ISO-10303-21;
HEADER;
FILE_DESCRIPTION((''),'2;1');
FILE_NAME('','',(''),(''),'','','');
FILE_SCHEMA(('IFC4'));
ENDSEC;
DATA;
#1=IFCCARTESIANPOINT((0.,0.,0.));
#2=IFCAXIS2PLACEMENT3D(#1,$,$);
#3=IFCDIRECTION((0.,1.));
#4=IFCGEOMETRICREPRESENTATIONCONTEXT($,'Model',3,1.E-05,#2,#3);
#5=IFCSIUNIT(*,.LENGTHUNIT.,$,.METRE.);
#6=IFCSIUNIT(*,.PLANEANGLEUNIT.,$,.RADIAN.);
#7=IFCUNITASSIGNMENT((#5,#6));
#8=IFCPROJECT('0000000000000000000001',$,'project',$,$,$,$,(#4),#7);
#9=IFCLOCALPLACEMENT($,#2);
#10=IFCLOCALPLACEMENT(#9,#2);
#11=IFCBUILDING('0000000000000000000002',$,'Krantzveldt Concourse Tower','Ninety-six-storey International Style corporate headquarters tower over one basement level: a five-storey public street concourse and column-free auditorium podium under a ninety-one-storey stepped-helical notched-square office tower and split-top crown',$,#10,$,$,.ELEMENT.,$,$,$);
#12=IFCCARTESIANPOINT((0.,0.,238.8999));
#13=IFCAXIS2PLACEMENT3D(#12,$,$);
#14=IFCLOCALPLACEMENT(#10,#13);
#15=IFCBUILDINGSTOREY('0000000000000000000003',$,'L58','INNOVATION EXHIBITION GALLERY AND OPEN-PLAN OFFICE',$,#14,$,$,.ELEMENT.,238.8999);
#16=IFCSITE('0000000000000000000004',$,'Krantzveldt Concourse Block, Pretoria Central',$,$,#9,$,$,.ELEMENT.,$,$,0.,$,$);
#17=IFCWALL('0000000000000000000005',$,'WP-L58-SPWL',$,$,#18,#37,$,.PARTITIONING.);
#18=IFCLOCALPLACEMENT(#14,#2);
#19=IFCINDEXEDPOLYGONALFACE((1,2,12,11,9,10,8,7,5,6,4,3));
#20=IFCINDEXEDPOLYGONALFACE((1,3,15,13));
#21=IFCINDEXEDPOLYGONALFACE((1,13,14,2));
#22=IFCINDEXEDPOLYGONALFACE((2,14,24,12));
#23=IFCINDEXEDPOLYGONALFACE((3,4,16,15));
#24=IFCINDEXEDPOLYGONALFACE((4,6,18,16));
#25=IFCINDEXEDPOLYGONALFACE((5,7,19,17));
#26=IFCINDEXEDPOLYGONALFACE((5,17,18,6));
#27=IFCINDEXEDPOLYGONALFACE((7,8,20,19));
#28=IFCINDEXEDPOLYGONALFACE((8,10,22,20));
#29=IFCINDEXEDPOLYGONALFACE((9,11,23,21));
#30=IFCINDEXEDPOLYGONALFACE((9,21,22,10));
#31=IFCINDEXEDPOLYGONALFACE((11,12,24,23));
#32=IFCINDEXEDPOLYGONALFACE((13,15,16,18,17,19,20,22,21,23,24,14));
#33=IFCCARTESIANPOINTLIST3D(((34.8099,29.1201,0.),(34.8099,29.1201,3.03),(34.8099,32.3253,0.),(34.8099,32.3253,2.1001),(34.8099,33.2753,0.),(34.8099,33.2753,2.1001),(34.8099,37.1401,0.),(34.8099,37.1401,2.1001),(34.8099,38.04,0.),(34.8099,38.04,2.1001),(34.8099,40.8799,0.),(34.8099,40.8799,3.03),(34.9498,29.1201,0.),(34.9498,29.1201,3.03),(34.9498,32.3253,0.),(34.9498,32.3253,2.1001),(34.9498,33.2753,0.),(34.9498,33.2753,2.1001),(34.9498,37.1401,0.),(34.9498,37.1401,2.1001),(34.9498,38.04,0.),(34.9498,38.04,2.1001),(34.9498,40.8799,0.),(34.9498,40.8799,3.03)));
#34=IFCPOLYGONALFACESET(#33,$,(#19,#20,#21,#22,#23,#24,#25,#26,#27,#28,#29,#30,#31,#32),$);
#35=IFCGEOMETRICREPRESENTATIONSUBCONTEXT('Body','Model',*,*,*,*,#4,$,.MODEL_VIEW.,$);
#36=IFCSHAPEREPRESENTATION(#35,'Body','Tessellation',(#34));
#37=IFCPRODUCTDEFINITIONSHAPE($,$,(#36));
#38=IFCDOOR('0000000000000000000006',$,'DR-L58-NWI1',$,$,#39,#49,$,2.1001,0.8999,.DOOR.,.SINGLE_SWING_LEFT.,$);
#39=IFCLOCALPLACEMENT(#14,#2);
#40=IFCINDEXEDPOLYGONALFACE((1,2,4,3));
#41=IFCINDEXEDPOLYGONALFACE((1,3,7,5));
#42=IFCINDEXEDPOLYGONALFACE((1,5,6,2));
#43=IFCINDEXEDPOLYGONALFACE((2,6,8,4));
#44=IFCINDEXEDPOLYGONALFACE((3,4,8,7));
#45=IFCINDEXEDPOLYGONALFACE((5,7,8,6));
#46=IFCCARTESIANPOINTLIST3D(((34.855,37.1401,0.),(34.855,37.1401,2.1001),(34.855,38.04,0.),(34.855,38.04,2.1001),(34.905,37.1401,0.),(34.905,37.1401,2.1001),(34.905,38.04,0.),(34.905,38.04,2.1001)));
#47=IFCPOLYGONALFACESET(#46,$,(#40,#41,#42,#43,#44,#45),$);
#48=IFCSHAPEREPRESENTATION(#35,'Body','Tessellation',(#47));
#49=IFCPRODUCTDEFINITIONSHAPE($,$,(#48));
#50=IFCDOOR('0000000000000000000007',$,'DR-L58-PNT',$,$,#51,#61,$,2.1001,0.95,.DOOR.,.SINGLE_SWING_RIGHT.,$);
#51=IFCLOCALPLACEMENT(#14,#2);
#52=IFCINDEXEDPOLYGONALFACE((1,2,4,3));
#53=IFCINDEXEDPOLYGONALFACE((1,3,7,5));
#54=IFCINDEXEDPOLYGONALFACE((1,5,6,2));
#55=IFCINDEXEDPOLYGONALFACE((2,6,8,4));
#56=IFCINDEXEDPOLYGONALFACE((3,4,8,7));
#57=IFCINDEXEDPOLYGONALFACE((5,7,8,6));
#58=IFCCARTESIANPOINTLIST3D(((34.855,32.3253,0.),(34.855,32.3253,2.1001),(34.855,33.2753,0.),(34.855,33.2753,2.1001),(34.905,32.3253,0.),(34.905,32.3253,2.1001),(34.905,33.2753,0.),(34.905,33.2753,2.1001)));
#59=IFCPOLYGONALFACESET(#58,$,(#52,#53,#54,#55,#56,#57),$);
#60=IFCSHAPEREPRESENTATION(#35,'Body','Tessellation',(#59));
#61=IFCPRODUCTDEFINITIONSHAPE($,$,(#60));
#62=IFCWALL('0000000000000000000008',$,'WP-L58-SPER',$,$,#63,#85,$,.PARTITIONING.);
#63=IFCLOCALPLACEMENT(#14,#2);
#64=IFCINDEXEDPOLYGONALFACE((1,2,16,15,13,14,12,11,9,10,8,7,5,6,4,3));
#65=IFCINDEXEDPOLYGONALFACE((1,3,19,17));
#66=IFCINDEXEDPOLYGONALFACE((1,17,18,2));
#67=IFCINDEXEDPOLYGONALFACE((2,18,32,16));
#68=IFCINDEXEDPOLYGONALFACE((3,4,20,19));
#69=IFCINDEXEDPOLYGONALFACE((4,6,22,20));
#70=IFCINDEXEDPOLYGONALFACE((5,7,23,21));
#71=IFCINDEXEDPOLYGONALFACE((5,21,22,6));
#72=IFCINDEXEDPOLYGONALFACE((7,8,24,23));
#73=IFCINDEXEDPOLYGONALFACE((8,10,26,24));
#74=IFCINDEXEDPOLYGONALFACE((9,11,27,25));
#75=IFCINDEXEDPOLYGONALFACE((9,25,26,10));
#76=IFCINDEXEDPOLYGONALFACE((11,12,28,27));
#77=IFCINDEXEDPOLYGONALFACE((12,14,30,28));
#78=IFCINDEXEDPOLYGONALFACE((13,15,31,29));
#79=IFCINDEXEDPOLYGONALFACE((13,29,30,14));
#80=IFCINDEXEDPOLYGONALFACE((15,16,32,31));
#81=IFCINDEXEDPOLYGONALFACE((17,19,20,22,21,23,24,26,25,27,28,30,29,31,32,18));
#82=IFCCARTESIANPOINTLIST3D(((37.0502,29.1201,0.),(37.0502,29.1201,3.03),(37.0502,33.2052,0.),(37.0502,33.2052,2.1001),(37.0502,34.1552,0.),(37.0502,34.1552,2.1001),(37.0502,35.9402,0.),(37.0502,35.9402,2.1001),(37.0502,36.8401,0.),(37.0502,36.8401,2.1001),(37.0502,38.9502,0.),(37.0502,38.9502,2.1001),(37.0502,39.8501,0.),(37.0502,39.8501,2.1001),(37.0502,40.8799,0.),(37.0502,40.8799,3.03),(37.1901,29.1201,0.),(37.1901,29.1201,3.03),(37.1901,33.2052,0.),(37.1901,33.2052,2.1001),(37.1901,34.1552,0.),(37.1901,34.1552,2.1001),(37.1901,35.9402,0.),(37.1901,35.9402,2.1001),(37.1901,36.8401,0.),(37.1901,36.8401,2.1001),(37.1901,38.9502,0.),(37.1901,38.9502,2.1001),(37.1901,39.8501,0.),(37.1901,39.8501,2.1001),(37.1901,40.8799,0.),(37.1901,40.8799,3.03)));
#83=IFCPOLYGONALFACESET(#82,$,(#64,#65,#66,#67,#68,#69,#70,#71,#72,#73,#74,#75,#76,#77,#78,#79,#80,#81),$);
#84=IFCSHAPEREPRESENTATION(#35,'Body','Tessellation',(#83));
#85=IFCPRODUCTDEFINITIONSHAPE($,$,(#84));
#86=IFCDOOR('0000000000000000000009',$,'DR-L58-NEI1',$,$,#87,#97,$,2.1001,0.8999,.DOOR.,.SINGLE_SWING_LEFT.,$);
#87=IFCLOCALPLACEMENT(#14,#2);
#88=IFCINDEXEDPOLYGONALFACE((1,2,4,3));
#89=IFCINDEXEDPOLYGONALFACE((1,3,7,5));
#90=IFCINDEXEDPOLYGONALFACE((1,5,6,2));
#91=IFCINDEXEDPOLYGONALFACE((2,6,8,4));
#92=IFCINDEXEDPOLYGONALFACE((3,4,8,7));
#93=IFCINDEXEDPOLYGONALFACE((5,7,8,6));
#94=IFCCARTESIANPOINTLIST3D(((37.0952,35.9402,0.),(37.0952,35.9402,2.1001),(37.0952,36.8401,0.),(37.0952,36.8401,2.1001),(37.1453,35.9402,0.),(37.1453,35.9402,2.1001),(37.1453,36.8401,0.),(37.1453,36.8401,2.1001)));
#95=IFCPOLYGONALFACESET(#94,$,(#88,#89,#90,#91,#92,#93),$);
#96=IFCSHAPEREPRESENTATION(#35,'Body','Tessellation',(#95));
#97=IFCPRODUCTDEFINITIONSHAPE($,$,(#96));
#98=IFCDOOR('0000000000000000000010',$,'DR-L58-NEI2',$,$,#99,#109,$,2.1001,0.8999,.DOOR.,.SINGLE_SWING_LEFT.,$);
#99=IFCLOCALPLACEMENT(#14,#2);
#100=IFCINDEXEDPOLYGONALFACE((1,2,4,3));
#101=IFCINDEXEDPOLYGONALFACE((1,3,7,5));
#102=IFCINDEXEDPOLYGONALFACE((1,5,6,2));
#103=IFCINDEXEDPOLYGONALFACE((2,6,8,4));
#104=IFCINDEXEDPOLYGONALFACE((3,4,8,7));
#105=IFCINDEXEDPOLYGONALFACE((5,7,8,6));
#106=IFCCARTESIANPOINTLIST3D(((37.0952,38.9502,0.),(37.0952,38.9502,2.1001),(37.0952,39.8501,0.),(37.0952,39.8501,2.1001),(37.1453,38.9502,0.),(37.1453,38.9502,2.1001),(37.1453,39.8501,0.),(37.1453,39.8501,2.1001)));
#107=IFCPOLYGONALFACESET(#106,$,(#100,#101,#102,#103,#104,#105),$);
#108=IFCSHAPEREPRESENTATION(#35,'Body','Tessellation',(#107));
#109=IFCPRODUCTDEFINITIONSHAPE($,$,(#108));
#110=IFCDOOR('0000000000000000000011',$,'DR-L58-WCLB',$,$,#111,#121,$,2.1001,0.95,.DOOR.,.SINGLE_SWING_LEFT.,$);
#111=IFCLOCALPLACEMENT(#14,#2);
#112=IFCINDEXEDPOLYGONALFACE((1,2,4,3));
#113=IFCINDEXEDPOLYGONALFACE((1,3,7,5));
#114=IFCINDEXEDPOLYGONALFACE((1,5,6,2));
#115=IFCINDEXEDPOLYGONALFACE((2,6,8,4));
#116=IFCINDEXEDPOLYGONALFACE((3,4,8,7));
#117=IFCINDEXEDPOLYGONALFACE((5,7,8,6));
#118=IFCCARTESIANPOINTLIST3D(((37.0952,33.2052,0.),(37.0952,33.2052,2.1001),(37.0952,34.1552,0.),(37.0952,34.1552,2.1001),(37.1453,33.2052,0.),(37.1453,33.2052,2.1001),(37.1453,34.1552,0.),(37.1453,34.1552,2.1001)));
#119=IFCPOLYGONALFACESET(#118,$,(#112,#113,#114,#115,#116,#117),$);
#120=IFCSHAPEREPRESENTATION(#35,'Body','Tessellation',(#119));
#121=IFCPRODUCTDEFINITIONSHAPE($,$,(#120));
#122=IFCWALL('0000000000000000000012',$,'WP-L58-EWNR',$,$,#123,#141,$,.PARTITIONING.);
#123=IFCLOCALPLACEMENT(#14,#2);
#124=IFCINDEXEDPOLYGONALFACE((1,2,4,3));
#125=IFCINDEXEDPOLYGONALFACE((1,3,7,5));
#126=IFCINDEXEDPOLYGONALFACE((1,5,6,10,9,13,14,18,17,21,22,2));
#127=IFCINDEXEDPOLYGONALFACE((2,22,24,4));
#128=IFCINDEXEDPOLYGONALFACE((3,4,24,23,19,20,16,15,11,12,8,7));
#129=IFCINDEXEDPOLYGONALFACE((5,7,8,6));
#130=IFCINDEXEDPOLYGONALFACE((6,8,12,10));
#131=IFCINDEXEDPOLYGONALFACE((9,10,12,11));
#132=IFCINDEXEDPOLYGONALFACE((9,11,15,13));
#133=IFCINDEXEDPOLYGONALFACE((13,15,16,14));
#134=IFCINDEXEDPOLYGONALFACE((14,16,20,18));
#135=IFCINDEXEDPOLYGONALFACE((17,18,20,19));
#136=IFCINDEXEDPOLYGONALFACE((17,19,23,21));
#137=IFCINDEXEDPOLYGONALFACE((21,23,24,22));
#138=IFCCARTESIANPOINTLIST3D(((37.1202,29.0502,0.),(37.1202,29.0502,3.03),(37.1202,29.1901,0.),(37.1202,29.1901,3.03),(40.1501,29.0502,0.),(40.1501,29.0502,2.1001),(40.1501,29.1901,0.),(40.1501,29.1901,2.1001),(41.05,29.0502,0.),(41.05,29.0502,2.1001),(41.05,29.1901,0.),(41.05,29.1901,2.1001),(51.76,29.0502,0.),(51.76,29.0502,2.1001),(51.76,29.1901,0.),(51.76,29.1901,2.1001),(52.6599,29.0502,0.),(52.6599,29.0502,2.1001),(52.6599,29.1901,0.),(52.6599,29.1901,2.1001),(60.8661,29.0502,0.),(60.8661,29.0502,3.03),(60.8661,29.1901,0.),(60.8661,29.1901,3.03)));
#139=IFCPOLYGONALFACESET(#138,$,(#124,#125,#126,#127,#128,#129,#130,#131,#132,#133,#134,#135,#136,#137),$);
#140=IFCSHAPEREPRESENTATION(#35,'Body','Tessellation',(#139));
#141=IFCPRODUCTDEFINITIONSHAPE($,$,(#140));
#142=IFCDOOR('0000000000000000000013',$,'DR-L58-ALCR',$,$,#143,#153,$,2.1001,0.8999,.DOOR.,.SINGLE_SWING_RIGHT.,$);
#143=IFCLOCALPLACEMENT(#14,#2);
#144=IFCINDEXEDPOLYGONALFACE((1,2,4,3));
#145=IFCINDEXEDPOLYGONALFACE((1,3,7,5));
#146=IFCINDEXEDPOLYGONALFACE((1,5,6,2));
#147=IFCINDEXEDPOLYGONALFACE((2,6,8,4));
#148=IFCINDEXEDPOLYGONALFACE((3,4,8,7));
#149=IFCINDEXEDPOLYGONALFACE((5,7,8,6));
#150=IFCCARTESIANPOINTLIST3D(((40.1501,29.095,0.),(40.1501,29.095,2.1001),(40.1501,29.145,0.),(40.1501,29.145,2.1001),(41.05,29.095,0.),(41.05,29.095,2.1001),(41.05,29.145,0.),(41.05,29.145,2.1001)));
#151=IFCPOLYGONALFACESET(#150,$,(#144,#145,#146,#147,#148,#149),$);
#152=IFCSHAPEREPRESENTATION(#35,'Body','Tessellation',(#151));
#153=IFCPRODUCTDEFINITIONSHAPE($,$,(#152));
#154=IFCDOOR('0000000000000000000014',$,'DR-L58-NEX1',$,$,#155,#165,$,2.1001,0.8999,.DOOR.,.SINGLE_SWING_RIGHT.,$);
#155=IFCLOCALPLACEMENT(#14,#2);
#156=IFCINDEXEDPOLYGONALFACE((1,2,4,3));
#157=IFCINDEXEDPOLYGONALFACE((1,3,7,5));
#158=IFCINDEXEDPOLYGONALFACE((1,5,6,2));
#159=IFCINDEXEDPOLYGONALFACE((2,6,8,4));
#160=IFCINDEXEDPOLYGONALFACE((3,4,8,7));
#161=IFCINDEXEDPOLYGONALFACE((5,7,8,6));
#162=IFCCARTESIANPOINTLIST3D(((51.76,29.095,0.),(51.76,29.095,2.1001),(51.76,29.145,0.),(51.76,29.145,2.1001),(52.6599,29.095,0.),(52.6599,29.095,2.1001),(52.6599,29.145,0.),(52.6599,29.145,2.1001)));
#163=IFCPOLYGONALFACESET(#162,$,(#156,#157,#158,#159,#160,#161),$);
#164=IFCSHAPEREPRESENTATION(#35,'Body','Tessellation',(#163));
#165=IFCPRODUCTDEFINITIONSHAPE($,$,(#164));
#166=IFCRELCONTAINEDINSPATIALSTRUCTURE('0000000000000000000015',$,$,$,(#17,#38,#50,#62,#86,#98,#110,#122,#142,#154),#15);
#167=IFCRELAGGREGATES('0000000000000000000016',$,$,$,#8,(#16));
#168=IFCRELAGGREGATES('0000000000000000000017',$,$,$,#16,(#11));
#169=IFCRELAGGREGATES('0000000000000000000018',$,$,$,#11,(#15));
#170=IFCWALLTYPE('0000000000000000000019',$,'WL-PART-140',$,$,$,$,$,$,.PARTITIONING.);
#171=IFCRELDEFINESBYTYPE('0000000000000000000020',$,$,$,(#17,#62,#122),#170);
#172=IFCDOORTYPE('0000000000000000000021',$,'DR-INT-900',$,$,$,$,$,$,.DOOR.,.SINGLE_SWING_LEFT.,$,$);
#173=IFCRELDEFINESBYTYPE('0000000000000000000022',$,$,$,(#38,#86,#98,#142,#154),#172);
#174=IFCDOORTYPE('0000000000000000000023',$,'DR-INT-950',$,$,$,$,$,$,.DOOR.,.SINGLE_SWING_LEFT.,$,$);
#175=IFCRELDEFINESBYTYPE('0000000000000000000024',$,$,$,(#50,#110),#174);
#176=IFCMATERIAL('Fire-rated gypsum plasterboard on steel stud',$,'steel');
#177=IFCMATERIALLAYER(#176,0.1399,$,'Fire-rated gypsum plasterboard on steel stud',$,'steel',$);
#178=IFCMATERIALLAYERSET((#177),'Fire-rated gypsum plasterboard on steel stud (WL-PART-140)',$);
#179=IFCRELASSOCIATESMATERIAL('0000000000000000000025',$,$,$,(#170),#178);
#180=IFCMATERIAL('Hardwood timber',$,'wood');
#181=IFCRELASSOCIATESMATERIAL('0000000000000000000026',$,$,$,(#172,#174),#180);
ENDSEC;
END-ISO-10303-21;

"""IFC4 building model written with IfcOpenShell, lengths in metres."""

from ifc_helpers import new_model, si_unit, direction, frame, frame_2d, origin, place, context, subcontext, project, spatial, rectangle, extrude, material, layer, layer_set, type_object, element, fill, save


model = new_model("IFC4")

# Units and contexts
model_context = context("Model", 3, precision=1e-05, world=origin(), true_north=direction((0.0, 1.0)))
body_context = subcontext(model_context, "Body", "Model", "MODEL_VIEW")
ifc_project = project(units=[si_unit("LENGTHUNIT", "METRE"), si_unit("PLANEANGLEUNIT", "RADIAN")], contexts=[model_context])

# Site, building, storey
site_placement = place(None, origin())
site = spatial("IfcSite", under=ifc_project, at=site_placement, Name="Krantzveldt Concourse Block, Pretoria Central", CompositionType="ELEMENT", RefElevation=0.0)
building_placement = place(site_placement, origin())
building = spatial("IfcBuilding", under=site, at=building_placement, Name="Krantzveldt Concourse Tower", Description="Ninety-six-storey International Style corporate headquarters tower over one basement level: a five-storey public street concourse and column-free auditorium podium under a ninety-one-storey stepped-helical notched-square office tower and split-top crown", CompositionType="ELEMENT")
storey_placement = place(building_placement, frame((0.0, 0.0, 238.8999)))
storey = spatial("IfcBuildingStorey", under=building, at=storey_placement, Name="L58", Description="INNOVATION EXHIBITION GALLERY AND OPEN-PLAN OFFICE", CompositionType="ELEMENT", Elevation=238.8999)

# Shared definitions
ifc_material_1 = material(Name="Fire-rated gypsum plasterboard on steel stud", Category="steel")

# Walls, openings, doors
ifc_layer_1 = layer(ifc_material_1, 0.1399, Name="Fire-rated gypsum plasterboard on steel stud", Category="steel")
ifc_layer_set_1 = layer_set([ifc_layer_1], Name="Fire-rated gypsum plasterboard on steel stud (WL-PART-140)")
wall_type_1 = type_object("IfcWallType", Name="WL-PART-140", PredefinedType="PARTITIONING", material=ifc_layer_set_1)
wall_1_placement = place(storey_placement, frame((34.8799, 29.1201, 0.0), z_axis=(0.0, 0.0, 1.0), x_axis=(0.0, 1.0, 0.0)))
wall_1 = element("IfcWall", 1, at=wall_1_placement, inside=storey, type_object=wall_type_1, Name="WP-L58-SPWL", PredefinedType="PARTITIONING", context=body_context, shape_type="SweptSolid", body=[
    extrude(rectangle(XDim=11.7598, YDim=0.1399, at=frame_2d((5.8799, 0.0))), origin(), (0.0, 0.0, 1.0), 3.03),
])
opening_1_placement = place(wall_1_placement, frame((3.2051, 0.0, 0.0)))
opening_1 = element("IfcOpeningElement", 2, at=opening_1_placement, cuts=wall_1, PredefinedType="OPENING", context=body_context, shape_type="SweptSolid", body=[
    extrude(rectangle(XDim=0.95, YDim=2.1001, at=frame_2d((0.4751, 1.05))), frame((0.0, 0.0801, 0.0), z_axis=(0.0, -1.0, 0.0), x_axis=(1.0, 0.0, 0.0)), (0.0, 0.0, 1.0), 0.1599),
])
opening_2_placement = place(wall_1_placement, frame((8.02, 0.0, 0.0)))
opening_2 = element("IfcOpeningElement", 3, at=opening_2_placement, cuts=wall_1, PredefinedType="OPENING", context=body_context, shape_type="SweptSolid", body=[
    extrude(rectangle(XDim=0.8999, YDim=2.1001, at=frame_2d((0.45, 1.05))), frame((0.0, 0.0801, 0.0), z_axis=(0.0, -1.0, 0.0), x_axis=(1.0, 0.0, 0.0)), (0.0, 0.0, 1.0), 0.1599),
])
ifc_material_2 = material(Name="Hardwood timber", Category="wood")
door_type_1 = type_object("IfcDoorType", Name="DR-INT-900", OperationType="SINGLE_SWING_LEFT", PredefinedType="DOOR", material=ifc_material_2)
door_1_placement = place(opening_2_placement, origin())
door_1 = element("IfcDoor", 4, at=door_1_placement, inside=storey, type_object=door_type_1, Name="DR-L58-NWI1", OperationType="SINGLE_SWING_LEFT", OverallHeight=2.1001, OverallWidth=0.8999, PredefinedType="DOOR", context=body_context, shape_type="SweptSolid", body=[
    extrude(rectangle(XDim=0.8999, YDim=2.1001, at=frame_2d((0.45, 1.05))), frame((0.0, 0.0249, 0.0), z_axis=(0.0, -1.0, 0.0), x_axis=(1.0, 0.0, 0.0)), (0.0, 0.0, 1.0), 0.05),
])
fill(opening_2, door_1)
door_type_2 = type_object("IfcDoorType", Name="DR-INT-950", OperationType="SINGLE_SWING_LEFT", PredefinedType="DOOR", material=ifc_material_2)
door_2_placement = place(opening_1_placement, origin())
door_2 = element("IfcDoor", 5, at=door_2_placement, inside=storey, type_object=door_type_2, Name="DR-L58-PNT", OperationType="SINGLE_SWING_RIGHT", OverallHeight=2.1001, OverallWidth=0.95, PredefinedType="DOOR", context=body_context, shape_type="SweptSolid", body=[
    extrude(rectangle(XDim=0.95, YDim=2.1001, at=frame_2d((0.4751, 1.05))), frame((0.0, 0.0249, 0.0), z_axis=(0.0, -1.0, 0.0), x_axis=(1.0, 0.0, 0.0)), (0.0, 0.0, 1.0), 0.05),
])
fill(opening_1, door_2)
wall_2_placement = place(storey_placement, frame((37.1201, 29.1201, 0.0), z_axis=(0.0, 0.0, 1.0), x_axis=(0.0, 1.0, 0.0)))
wall_2 = element("IfcWall", 6, at=wall_2_placement, inside=storey, type_object=wall_type_1, Name="WP-L58-SPER", PredefinedType="PARTITIONING", context=body_context, shape_type="SweptSolid", body=[
    extrude(rectangle(XDim=11.7598, YDim=0.1399, at=frame_2d((5.8799, 0.0))), origin(), (0.0, 0.0, 1.0), 3.03),
])
opening_3_placement = place(wall_2_placement, frame((4.085, 0.0, 0.0)))
opening_3 = element("IfcOpeningElement", 7, at=opening_3_placement, cuts=wall_2, PredefinedType="OPENING", context=body_context, shape_type="SweptSolid", body=[
    extrude(rectangle(XDim=0.95, YDim=2.1001, at=frame_2d((0.4751, 1.05))), frame((0.0, 0.0801, 0.0), z_axis=(0.0, -1.0, 0.0), x_axis=(1.0, 0.0, 0.0)), (0.0, 0.0, 1.0), 0.1599),
])
opening_4_placement = place(wall_2_placement, frame((6.8201, 0.0, 0.0)))
opening_4 = element("IfcOpeningElement", 8, at=opening_4_placement, cuts=wall_2, PredefinedType="OPENING", context=body_context, shape_type="SweptSolid", body=[
    extrude(rectangle(XDim=0.8999, YDim=2.1001, at=frame_2d((0.45, 1.05))), frame((0.0, 0.0801, 0.0), z_axis=(0.0, -1.0, 0.0), x_axis=(1.0, 0.0, 0.0)), (0.0, 0.0, 1.0), 0.1599),
])
opening_5_placement = place(wall_2_placement, frame((9.8301, 0.0, 0.0)))
opening_5 = element("IfcOpeningElement", 9, at=opening_5_placement, cuts=wall_2, PredefinedType="OPENING", context=body_context, shape_type="SweptSolid", body=[
    extrude(rectangle(XDim=0.8999, YDim=2.1001, at=frame_2d((0.45, 1.05))), frame((0.0, 0.0801, 0.0), z_axis=(0.0, -1.0, 0.0), x_axis=(1.0, 0.0, 0.0)), (0.0, 0.0, 1.0), 0.1599),
])
door_3_placement = place(opening_4_placement, origin())
door_3 = element("IfcDoor", 10, at=door_3_placement, inside=storey, type_object=door_type_1, Name="DR-L58-NEI1", OperationType="SINGLE_SWING_LEFT", OverallHeight=2.1001, OverallWidth=0.8999, PredefinedType="DOOR", context=body_context, shape_type="SweptSolid", body=[
    extrude(rectangle(XDim=0.8999, YDim=2.1001, at=frame_2d((0.45, 1.05))), frame((0.0, 0.0249, 0.0), z_axis=(0.0, -1.0, 0.0), x_axis=(1.0, 0.0, 0.0)), (0.0, 0.0, 1.0), 0.05),
])
fill(opening_4, door_3)
door_4_placement = place(opening_5_placement, origin())
door_4 = element("IfcDoor", 11, at=door_4_placement, inside=storey, type_object=door_type_1, Name="DR-L58-NEI2", OperationType="SINGLE_SWING_LEFT", OverallHeight=2.1001, OverallWidth=0.8999, PredefinedType="DOOR", context=body_context, shape_type="SweptSolid", body=[
    extrude(rectangle(XDim=0.8999, YDim=2.1001, at=frame_2d((0.45, 1.05))), frame((0.0, 0.0249, 0.0), z_axis=(0.0, -1.0, 0.0), x_axis=(1.0, 0.0, 0.0)), (0.0, 0.0, 1.0), 0.05),
])
fill(opening_5, door_4)
door_5_placement = place(opening_3_placement, origin())
door_5 = element("IfcDoor", 12, at=door_5_placement, inside=storey, type_object=door_type_2, Name="DR-L58-WCLB", OperationType="SINGLE_SWING_LEFT", OverallHeight=2.1001, OverallWidth=0.95, PredefinedType="DOOR", context=body_context, shape_type="SweptSolid", body=[
    extrude(rectangle(XDim=0.95, YDim=2.1001, at=frame_2d((0.4751, 1.05))), frame((0.0, 0.0249, 0.0), z_axis=(0.0, -1.0, 0.0), x_axis=(1.0, 0.0, 0.0)), (0.0, 0.0, 1.0), 0.05),
])
fill(opening_3, door_5)
wall_3_placement = place(storey_placement, frame((37.1201, 29.1201, 0.0), z_axis=(0.0, 0.0, 1.0), x_axis=(1.0, 0.0, 0.0)))
wall_3 = element("IfcWall", 13, at=wall_3_placement, inside=storey, type_object=wall_type_1, Name="WP-L58-EWNR", PredefinedType="PARTITIONING", context=body_context, shape_type="SweptSolid", body=[
    extrude(rectangle(XDim=23.7458, YDim=0.1399, at=frame_2d((11.873, 0.0))), origin(), (0.0, 0.0, 1.0), 3.03),
])
opening_6_placement = place(wall_3_placement, frame((3.03, 0.0, 0.0)))
opening_6 = element("IfcOpeningElement", 14, at=opening_6_placement, cuts=wall_3, PredefinedType="OPENING", context=body_context, shape_type="SweptSolid", body=[
    extrude(rectangle(XDim=0.8999, YDim=2.1001, at=frame_2d((0.45, 1.05))), frame((0.0, 0.0801, 0.0), z_axis=(0.0, -1.0, 0.0), x_axis=(1.0, 0.0, 0.0)), (0.0, 0.0, 1.0), 0.1599),
])
opening_7_placement = place(wall_3_placement, frame((14.6399, 0.0, 0.0)))
opening_7 = element("IfcOpeningElement", 15, at=opening_7_placement, cuts=wall_3, PredefinedType="OPENING", context=body_context, shape_type="SweptSolid", body=[
    extrude(rectangle(XDim=0.8999, YDim=2.1001, at=frame_2d((0.45, 1.05))), frame((0.0, 0.0801, 0.0), z_axis=(0.0, -1.0, 0.0), x_axis=(1.0, 0.0, 0.0)), (0.0, 0.0, 1.0), 0.1599),
])
door_6_placement = place(opening_6_placement, origin())
door_6 = element("IfcDoor", 16, at=door_6_placement, inside=storey, type_object=door_type_1, Name="DR-L58-ALCR", OperationType="SINGLE_SWING_RIGHT", OverallHeight=2.1001, OverallWidth=0.8999, PredefinedType="DOOR", context=body_context, shape_type="SweptSolid", body=[
    extrude(rectangle(XDim=0.8999, YDim=2.1001, at=frame_2d((0.45, 1.05))), frame((0.0, 0.0249, 0.0), z_axis=(0.0, -1.0, 0.0), x_axis=(1.0, 0.0, 0.0)), (0.0, 0.0, 1.0), 0.05),
])
fill(opening_6, door_6)
door_7_placement = place(opening_7_placement, origin())
door_7 = element("IfcDoor", 17, at=door_7_placement, inside=storey, type_object=door_type_1, Name="DR-L58-NEX1", OperationType="SINGLE_SWING_RIGHT", OverallHeight=2.1001, OverallWidth=0.8999, PredefinedType="DOOR", context=body_context, shape_type="SweptSolid", body=[
    extrude(rectangle(XDim=0.8999, YDim=2.1001, at=frame_2d((0.45, 1.05))), frame((0.0, 0.0249, 0.0), z_axis=(0.0, -1.0, 0.0), x_axis=(1.0, 0.0, 0.0)), (0.0, 0.0, 1.0), 0.05),
])
fill(opening_7, door_7)

save(model, "model.ifc")
